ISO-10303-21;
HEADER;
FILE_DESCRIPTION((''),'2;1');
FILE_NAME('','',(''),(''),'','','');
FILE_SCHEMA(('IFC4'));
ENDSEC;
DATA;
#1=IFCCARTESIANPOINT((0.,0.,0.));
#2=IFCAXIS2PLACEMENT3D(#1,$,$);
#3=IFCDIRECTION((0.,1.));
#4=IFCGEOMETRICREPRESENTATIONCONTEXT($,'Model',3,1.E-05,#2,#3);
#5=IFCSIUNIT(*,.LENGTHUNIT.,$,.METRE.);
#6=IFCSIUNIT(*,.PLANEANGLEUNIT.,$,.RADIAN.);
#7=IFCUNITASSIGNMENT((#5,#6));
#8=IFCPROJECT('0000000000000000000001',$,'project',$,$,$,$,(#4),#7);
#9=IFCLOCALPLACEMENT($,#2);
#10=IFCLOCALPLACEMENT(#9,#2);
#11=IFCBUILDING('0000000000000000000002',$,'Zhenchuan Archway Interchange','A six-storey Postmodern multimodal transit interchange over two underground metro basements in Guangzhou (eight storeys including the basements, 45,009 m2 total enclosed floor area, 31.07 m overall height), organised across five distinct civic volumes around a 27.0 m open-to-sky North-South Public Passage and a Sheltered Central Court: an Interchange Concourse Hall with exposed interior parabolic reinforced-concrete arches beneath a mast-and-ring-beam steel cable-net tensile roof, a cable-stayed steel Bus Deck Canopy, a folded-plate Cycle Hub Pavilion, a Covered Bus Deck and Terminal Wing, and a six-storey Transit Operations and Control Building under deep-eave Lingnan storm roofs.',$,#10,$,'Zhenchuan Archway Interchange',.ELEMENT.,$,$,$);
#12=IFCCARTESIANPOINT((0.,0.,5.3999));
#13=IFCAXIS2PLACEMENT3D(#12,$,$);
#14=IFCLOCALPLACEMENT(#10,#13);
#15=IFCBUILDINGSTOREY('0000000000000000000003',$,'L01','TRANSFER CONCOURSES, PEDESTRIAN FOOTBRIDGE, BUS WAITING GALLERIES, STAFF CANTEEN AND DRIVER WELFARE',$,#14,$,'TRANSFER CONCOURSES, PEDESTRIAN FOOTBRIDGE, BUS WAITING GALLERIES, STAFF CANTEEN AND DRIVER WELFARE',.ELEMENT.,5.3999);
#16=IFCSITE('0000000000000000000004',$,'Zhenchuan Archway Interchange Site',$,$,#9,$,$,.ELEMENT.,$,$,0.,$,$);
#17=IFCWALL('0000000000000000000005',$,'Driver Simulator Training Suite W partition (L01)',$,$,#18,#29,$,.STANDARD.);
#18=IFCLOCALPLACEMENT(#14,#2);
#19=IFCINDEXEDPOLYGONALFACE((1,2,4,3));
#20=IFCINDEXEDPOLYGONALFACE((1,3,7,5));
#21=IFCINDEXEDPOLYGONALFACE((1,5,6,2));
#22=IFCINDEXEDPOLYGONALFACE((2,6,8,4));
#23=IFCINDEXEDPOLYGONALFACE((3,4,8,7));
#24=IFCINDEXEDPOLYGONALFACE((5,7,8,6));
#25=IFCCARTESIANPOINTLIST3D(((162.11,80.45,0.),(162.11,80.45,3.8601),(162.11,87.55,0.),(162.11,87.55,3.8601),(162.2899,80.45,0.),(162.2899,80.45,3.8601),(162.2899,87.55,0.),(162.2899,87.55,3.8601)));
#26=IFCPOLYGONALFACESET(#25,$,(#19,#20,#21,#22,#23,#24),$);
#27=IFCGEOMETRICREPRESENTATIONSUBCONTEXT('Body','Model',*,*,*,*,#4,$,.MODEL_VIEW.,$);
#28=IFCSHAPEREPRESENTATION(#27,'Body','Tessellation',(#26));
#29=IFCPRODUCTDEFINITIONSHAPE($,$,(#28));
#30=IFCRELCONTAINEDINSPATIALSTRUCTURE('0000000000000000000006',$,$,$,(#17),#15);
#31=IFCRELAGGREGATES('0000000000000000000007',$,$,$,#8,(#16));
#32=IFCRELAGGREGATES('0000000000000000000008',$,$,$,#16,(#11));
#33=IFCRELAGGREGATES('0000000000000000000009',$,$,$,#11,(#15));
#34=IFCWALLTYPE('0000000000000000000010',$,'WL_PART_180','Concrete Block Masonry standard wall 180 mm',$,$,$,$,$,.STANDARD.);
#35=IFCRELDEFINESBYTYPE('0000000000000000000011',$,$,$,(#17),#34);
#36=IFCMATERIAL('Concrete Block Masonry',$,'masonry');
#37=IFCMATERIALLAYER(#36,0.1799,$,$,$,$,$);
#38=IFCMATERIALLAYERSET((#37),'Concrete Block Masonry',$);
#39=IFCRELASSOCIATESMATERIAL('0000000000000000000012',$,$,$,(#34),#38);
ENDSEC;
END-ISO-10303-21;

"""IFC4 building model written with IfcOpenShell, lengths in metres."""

from ifc_helpers import new_model, si_unit, direction, frame, frame_2d, origin, place, context, subcontext, project, spatial, rectangle, extrude, material, layer, layer_set, type_object, element, save


model = new_model("IFC4")

# Units and contexts
model_context = context("Model", 3, precision=1e-05, world=origin(), true_north=direction((0.0, 1.0)))
body_context = subcontext(model_context, "Body", "Model", "MODEL_VIEW")
ifc_project = project(units=[si_unit("LENGTHUNIT", "METRE"), si_unit("PLANEANGLEUNIT", "RADIAN")], contexts=[model_context])

# Site, building, storey
site_placement = place(None, origin())
site = spatial("IfcSite", under=ifc_project, at=site_placement, Name="Zhenchuan Archway Interchange Site", CompositionType="ELEMENT", RefElevation=0.0)
building_placement = place(site_placement, origin())
building = spatial("IfcBuilding", under=site, at=building_placement, Name="Zhenchuan Archway Interchange", Description="A six-storey Postmodern multimodal transit interchange over two underground metro basements in Guangzhou (eight storeys including the basements, 45,009 m2 total enclosed floor area, 31.07 m overall height), organised across five distinct civic volumes around a 27.0 m open-to-sky North-South Public Passage and a Sheltered Central Court: an Interchange Concourse Hall with exposed interior parabolic reinforced-concrete arches beneath a mast-and-ring-beam steel cable-net tensile roof, a cable-stayed steel Bus Deck Canopy, a folded-plate Cycle Hub Pavilion, a Covered Bus Deck and Terminal Wing, and a six-storey Transit Operations and Control Building under deep-eave Lingnan storm roofs.", LongName="Zhenchuan Archway Interchange", CompositionType="ELEMENT")
storey_placement = place(building_placement, frame((0.0, 0.0, 5.3999)))
storey = spatial("IfcBuildingStorey", under=building, at=storey_placement, Name="L01", Description="TRANSFER CONCOURSES, PEDESTRIAN FOOTBRIDGE, BUS WAITING GALLERIES, STAFF CANTEEN AND DRIVER WELFARE", LongName="TRANSFER CONCOURSES, PEDESTRIAN FOOTBRIDGE, BUS WAITING GALLERIES, STAFF CANTEEN AND DRIVER WELFARE", CompositionType="ELEMENT", Elevation=5.3999)

# Wall
ifc_material_1 = material(Name="Concrete Block Masonry", Category="masonry")
ifc_layer_1 = layer(ifc_material_1, 0.1799)
ifc_layer_set_1 = layer_set([ifc_layer_1], Name="Concrete Block Masonry")
wall_type = type_object("IfcWallType", Name="WL_PART_180", Description="Concrete Block Masonry standard wall 180 mm", PredefinedType="STANDARD", material=ifc_layer_set_1)
wall_placement = place(storey_placement, frame((162.2, 80.45, 0.0), z_axis=(0.0, 0.0, 1.0), x_axis=(0.0, 1.0, 0.0)))
element("IfcWall", 1, at=wall_placement, inside=storey, type_object=wall_type, Name="Driver Simulator Training Suite W partition (L01)", PredefinedType="STANDARD", context=body_context, shape_type="SweptSolid", body=[
    extrude(rectangle(XDim=7.1001, YDim=0.1799, at=frame_2d((3.55, 0.0))), origin(), (0.0, 0.0, 1.0), 3.8601),
])

save(model, "model.ifc")
